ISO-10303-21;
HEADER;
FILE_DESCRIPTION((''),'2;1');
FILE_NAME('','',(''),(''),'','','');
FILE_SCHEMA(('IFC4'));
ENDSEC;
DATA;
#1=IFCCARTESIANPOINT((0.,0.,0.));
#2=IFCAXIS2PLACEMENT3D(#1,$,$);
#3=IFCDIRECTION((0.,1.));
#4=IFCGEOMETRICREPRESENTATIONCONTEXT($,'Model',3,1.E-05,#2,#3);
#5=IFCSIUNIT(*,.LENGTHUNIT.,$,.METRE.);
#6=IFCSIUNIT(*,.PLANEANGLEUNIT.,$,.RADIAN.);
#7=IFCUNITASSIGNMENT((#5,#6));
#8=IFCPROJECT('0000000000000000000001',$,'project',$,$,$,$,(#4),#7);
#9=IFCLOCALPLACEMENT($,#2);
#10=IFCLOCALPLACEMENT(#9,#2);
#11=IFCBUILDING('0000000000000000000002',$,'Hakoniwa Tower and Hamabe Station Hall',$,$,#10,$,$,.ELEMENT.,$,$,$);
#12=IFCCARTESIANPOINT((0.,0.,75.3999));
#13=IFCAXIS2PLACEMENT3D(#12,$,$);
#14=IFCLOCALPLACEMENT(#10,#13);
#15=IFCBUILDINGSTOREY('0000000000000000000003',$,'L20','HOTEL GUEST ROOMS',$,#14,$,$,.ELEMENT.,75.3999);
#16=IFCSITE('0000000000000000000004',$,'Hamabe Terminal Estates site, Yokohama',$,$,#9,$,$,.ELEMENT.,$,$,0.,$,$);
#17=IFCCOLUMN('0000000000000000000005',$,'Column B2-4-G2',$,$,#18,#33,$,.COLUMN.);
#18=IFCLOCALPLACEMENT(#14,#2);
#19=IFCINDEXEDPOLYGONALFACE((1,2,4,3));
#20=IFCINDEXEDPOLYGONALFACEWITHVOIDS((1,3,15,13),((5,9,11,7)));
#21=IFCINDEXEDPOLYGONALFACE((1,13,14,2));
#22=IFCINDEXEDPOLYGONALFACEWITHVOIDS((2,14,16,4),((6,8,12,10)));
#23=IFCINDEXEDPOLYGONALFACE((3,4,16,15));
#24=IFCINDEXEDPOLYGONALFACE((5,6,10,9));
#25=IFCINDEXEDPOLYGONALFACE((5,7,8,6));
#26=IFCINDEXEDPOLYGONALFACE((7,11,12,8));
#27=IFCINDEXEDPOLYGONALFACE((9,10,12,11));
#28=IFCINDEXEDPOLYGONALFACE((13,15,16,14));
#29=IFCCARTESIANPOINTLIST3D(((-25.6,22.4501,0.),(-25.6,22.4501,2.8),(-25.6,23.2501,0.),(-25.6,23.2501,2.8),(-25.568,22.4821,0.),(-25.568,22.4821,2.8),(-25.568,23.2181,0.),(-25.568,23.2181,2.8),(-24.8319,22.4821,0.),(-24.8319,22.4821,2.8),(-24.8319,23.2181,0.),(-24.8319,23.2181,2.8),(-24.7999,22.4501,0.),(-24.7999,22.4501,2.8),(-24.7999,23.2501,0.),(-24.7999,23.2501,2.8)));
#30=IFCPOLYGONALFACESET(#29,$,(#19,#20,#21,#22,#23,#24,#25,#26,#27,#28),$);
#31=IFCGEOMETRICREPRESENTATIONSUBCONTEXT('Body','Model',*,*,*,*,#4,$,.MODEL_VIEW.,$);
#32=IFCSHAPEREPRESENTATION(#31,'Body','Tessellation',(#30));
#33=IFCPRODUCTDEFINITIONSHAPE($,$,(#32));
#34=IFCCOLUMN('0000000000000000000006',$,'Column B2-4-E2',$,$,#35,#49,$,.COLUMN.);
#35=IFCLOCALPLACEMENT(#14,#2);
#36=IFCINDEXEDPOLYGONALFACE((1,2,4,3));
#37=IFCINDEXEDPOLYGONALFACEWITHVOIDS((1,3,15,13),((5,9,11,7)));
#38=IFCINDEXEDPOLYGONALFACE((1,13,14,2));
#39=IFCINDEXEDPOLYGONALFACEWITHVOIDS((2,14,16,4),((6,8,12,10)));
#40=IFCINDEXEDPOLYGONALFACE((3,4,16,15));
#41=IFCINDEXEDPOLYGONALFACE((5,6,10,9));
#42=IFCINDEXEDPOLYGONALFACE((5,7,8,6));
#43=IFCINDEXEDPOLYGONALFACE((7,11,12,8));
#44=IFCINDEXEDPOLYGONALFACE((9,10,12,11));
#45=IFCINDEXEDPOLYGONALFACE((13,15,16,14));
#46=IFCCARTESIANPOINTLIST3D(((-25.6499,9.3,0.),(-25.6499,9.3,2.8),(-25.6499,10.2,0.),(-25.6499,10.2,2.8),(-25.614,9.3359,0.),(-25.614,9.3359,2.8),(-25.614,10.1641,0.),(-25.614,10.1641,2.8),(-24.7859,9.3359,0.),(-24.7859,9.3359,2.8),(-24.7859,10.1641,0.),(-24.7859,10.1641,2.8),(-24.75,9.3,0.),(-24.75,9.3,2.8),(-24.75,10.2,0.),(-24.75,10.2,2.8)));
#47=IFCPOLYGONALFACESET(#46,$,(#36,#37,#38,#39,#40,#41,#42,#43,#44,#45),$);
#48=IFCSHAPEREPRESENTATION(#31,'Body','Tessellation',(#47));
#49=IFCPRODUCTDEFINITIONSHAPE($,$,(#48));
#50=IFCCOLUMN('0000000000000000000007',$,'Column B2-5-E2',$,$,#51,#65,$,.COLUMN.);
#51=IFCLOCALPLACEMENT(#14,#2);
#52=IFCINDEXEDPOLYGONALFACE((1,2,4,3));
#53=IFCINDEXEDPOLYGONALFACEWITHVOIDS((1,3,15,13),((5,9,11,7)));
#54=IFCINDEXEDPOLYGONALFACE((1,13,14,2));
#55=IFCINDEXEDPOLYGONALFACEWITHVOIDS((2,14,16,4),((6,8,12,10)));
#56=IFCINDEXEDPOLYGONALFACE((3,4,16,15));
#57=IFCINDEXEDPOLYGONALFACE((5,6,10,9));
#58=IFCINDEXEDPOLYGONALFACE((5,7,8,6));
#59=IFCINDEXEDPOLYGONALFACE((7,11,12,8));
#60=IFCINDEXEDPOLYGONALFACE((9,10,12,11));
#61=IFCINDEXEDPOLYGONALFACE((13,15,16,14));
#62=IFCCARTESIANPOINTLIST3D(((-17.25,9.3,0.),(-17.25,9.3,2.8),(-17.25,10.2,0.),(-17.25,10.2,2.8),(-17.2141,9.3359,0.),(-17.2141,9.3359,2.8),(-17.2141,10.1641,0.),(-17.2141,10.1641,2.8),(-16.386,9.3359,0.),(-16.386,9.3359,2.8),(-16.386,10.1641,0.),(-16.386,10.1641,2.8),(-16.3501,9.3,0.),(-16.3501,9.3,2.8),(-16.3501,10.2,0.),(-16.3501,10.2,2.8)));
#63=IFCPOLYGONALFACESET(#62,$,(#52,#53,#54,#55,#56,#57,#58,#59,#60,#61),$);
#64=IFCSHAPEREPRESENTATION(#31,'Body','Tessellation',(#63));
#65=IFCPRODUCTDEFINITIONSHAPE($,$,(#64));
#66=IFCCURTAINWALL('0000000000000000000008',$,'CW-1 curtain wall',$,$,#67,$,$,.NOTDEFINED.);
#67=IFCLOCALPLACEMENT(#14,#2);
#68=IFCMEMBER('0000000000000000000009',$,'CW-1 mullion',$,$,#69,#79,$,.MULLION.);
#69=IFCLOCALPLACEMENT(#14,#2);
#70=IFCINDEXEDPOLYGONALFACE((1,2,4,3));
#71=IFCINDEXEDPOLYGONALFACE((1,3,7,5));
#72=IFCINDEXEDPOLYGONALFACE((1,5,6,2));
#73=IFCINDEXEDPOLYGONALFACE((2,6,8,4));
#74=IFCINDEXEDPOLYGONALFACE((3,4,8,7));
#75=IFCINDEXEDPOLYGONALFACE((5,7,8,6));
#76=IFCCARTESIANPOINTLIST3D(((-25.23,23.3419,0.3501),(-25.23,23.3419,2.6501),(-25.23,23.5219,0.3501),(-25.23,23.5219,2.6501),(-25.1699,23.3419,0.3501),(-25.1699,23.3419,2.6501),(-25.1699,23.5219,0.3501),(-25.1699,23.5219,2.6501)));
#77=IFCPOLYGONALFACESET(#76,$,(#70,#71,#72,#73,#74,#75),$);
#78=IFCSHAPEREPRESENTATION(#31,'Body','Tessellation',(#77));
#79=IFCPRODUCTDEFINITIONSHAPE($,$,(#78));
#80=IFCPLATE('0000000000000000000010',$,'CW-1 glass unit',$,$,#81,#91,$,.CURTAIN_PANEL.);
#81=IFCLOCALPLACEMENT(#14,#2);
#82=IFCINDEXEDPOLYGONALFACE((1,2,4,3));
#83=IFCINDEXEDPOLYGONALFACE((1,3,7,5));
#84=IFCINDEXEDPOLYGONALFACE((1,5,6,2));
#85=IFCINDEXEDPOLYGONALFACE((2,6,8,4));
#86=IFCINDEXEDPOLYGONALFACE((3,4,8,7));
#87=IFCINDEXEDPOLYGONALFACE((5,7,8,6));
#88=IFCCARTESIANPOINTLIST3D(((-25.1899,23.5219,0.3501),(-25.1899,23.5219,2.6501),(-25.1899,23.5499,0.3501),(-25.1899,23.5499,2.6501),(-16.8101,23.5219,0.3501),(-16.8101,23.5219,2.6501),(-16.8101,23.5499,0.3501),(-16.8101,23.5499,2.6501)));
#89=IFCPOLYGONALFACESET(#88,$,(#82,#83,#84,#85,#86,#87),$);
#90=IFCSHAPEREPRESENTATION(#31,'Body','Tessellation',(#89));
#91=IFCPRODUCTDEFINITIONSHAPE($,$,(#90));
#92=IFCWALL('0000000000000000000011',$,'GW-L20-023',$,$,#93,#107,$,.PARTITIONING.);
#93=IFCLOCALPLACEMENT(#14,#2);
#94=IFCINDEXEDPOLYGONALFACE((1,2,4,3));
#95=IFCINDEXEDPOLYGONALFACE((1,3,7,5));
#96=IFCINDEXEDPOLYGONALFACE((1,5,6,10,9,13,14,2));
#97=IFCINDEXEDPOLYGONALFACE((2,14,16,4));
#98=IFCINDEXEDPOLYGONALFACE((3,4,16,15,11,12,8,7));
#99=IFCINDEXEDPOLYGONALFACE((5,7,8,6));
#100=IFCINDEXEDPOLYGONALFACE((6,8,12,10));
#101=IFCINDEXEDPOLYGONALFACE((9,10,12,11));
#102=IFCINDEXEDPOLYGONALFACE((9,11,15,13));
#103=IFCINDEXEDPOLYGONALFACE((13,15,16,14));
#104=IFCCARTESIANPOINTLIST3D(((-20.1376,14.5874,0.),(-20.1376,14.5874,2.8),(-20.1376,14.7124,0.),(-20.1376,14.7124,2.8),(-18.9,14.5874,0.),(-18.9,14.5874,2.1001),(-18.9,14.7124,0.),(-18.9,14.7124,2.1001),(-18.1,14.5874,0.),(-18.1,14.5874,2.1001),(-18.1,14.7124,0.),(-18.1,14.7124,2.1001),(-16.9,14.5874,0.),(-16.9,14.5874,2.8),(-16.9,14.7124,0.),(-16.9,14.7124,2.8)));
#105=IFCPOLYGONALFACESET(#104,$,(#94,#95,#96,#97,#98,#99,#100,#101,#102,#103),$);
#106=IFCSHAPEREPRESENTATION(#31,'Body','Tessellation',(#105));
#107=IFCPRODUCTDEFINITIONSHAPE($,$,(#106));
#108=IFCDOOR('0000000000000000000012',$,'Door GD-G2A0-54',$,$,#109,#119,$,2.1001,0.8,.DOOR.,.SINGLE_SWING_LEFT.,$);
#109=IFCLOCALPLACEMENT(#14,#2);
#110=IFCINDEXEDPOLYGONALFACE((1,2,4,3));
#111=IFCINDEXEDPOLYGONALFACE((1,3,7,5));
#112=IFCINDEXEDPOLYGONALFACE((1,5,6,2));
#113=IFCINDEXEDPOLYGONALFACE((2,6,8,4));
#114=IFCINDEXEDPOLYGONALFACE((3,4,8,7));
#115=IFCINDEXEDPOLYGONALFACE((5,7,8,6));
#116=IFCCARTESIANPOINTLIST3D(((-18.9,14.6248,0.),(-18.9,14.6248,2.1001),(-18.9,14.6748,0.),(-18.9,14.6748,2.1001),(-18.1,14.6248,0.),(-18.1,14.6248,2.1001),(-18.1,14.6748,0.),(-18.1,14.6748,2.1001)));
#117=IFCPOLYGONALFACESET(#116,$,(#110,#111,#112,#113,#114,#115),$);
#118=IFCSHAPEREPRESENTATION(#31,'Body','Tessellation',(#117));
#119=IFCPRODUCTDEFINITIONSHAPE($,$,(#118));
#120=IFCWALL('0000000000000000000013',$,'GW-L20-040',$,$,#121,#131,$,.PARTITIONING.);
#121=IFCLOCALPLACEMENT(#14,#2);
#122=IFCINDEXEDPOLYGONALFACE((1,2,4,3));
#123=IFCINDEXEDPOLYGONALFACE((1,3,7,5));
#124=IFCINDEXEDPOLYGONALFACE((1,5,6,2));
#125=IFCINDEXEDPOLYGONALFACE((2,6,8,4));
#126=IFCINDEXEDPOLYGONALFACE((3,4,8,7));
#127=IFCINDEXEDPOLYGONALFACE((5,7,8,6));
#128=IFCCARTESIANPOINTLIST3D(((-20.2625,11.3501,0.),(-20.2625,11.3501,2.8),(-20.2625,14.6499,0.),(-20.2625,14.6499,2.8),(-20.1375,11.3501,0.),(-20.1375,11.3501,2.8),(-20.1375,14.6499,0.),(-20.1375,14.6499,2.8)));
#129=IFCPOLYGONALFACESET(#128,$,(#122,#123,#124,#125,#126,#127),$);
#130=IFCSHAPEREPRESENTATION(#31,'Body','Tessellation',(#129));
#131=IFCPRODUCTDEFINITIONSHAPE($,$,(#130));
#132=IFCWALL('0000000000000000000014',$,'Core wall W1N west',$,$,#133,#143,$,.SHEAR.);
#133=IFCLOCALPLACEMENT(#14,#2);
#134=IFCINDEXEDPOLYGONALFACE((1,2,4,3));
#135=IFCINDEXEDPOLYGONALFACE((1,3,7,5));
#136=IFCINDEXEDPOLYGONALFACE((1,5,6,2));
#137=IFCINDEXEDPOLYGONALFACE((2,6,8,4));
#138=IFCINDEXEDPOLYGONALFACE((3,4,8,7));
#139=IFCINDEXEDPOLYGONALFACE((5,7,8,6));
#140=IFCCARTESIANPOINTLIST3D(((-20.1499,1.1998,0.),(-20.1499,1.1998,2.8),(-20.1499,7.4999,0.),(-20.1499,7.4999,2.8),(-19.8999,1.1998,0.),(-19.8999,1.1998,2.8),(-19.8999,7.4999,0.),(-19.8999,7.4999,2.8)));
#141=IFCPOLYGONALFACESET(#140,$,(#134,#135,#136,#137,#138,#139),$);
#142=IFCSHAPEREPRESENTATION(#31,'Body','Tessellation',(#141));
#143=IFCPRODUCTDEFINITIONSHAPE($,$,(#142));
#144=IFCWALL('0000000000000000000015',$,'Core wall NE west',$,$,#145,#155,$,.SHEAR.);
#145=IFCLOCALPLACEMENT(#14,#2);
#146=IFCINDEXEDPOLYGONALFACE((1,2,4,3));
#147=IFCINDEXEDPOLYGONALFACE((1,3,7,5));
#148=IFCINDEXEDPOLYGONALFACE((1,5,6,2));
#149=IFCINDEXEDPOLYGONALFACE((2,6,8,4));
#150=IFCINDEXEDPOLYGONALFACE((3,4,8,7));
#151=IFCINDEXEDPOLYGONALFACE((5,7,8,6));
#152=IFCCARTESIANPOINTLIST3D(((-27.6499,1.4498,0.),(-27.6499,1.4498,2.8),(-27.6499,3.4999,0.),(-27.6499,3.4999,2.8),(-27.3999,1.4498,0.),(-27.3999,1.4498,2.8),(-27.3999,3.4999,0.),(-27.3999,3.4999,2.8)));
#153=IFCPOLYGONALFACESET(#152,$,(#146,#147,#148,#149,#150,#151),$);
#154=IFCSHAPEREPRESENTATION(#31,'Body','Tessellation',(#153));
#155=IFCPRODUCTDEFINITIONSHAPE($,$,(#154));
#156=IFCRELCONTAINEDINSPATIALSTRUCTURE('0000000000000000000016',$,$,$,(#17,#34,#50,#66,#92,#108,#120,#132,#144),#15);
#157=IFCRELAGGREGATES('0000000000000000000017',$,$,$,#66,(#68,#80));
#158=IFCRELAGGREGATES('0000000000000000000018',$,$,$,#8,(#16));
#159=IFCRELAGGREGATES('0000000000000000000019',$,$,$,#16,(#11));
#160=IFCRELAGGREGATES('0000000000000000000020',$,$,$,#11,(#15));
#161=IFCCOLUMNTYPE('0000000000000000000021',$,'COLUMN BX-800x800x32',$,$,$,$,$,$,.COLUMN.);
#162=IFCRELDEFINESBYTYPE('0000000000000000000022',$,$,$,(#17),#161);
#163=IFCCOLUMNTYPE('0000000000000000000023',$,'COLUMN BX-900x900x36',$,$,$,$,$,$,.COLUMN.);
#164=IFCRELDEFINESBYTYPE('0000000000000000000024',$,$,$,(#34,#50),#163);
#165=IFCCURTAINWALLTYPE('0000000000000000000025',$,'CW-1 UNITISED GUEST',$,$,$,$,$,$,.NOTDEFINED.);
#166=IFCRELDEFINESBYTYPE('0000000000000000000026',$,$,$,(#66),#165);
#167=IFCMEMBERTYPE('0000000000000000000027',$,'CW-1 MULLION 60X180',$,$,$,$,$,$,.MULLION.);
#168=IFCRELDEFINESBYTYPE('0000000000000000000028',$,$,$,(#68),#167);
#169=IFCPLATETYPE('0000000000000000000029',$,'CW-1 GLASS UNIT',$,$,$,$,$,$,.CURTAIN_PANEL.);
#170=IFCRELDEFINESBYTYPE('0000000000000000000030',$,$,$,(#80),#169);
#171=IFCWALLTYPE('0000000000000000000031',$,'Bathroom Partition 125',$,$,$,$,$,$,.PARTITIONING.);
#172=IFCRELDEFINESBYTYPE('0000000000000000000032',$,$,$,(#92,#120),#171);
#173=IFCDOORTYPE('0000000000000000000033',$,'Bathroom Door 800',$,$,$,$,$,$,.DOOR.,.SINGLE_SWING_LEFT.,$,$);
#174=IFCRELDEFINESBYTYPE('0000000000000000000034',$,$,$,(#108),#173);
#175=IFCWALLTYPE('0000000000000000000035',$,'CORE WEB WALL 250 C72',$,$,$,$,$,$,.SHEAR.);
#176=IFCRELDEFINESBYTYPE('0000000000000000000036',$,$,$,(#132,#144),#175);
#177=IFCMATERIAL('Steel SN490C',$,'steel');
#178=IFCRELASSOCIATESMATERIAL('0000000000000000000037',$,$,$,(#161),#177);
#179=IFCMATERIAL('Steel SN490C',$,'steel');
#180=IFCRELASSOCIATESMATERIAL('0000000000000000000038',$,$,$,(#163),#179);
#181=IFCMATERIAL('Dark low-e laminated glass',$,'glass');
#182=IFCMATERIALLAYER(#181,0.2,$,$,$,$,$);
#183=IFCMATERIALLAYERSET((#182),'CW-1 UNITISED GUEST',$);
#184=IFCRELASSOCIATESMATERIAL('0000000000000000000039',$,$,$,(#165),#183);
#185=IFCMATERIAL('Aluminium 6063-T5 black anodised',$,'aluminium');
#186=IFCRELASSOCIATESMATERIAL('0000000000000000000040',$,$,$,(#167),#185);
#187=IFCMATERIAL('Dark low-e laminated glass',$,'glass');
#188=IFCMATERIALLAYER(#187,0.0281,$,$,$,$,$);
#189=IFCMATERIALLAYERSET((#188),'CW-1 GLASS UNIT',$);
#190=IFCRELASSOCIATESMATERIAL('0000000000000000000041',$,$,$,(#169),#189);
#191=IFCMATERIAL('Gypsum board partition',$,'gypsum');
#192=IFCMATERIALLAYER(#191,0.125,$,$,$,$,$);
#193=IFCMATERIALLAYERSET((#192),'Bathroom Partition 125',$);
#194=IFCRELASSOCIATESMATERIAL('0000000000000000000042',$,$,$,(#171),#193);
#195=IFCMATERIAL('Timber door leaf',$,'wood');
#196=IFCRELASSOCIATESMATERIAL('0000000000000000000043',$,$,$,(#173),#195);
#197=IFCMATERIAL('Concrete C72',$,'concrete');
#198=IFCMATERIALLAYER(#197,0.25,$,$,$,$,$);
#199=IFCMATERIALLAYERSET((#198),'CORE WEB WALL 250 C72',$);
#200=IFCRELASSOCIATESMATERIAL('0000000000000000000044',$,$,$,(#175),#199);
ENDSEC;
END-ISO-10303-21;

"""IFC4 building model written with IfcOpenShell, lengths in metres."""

from ifc_helpers import new_model, si_unit, direction, frame, frame_2d, origin, origin_2d, place, context, subcontext, project, spatial, rectangle, hollow_rectangle, extrude, material, layer, layer_set, material_profile, profile_set, type_object, element, fill, aggregate, save


model = new_model("IFC4")

# Units and contexts
model_context = context("Model", 3, precision=1e-05, world=origin(), true_north=direction((0.0, 1.0)))
body_context = subcontext(model_context, "Body", "Model", "MODEL_VIEW")
ifc_project = project(units=[si_unit("LENGTHUNIT", "METRE"), si_unit("PLANEANGLEUNIT", "RADIAN")], contexts=[model_context])

# Site, building, storey
site_placement = place(None, origin())
site = spatial("IfcSite", under=ifc_project, at=site_placement, Name="Hamabe Terminal Estates site, Yokohama", CompositionType="ELEMENT", RefElevation=0.0)
building_placement = place(site_placement, origin())
building = spatial("IfcBuilding", under=site, at=building_placement, Name="Hakoniwa Tower and Hamabe Station Hall", CompositionType="ELEMENT")
storey_placement = place(building_placement, frame((0.0, 0.0, 75.3999)))
storey = spatial("IfcBuildingStorey", under=building, at=storey_placement, Name="L20", Description="HOTEL GUEST ROOMS", CompositionType="ELEMENT", Elevation=75.3999)

# Columns
ifc_material_1 = material(Name="Steel SN490C", Category="steel")
ifc_material_profile_1 = material_profile(ifc_material_1, hollow_rectangle(XDim=0.8, YDim=0.8, WallThickness=0.032, at=origin_2d()), Name="BX-800x800x32")
ifc_profile_set_1 = profile_set([ifc_material_profile_1], Name="Steel SN490C")
column_type_1 = type_object("IfcColumnType", Name="COLUMN BX-800x800x32", PredefinedType="COLUMN", material=ifc_profile_set_1)
column_placement = place(storey_placement, frame((-25.2, 22.8501, 0.0), z_axis=(0.0, 0.0, 1.0), x_axis=(1.0, 0.0, 0.0)))
element("IfcColumn", 1, at=column_placement, inside=storey, type_object=column_type_1, Name="Column B2-4-G2", PredefinedType="COLUMN", context=body_context, shape_type="SweptSolid", body=[
    extrude(hollow_rectangle(XDim=0.8, YDim=0.8, WallThickness=0.032, at=origin_2d()), origin(), (0.0, 0.0, 1.0), 2.8),
])
ifc_material_2 = material(Name="Steel SN490C", Category="steel")
ifc_material_profile_2 = material_profile(ifc_material_2, hollow_rectangle(XDim=0.8999, YDim=0.8999, WallThickness=0.0359, at=origin_2d()), Name="BX-900x900x36")
ifc_profile_set_2 = profile_set([ifc_material_profile_2], Name="Steel SN490C")
column_type_2 = type_object("IfcColumnType", Name="COLUMN BX-900x900x36", PredefinedType="COLUMN", material=ifc_profile_set_2)
for number, where, z_axis, x_axis, name in (
    (2, (-25.2, 9.75, 0.0), (0.0, 0.0, 1.0), (1.0, 0.0, 0.0), "Column B2-4-E2"),
    (3, (-16.8, 9.75, 0.0), (0.0, 0.0, 1.0), (1.0, 0.0, 0.0), "Column B2-5-E2"),
):
    element("IfcColumn", number, at=place(storey_placement, frame(where, z_axis=z_axis, x_axis=x_axis)), inside=storey, type_object=column_type_2, Name=name, PredefinedType="COLUMN", context=body_context, shape_type="SweptSolid", body=[
        extrude(hollow_rectangle(XDim=0.8999, YDim=0.8999, WallThickness=0.0359, at=origin_2d()), origin(), (0.0, 0.0, 1.0), 2.8),
    ])

# Curtain wall, member, plate
ifc_material_3 = material(Name="Dark low-e laminated glass", Category="glass")
ifc_layer_1 = layer(ifc_material_3, 0.2)
ifc_layer_set_1 = layer_set([ifc_layer_1], Name="CW-1 UNITISED GUEST")
curtain_wall_type = type_object("IfcCurtainWallType", Name="CW-1 UNITISED GUEST", PredefinedType="NOTDEFINED", material=ifc_layer_set_1)
curtain_wall_placement = place(storey_placement, origin())
curtain_wall = element("IfcCurtainWall", 4, at=curtain_wall_placement, inside=storey, type_object=curtain_wall_type, Name="CW-1 curtain wall", PredefinedType="NOTDEFINED")
ifc_material_4 = material(Name="Aluminium 6063-T5 black anodised", Category="aluminium")
ifc_material_profile_3 = material_profile(ifc_material_4, rectangle(XDim=0.0601, YDim=0.1799, at=origin_2d()), Name="CW-1 MULLION 60X180")
ifc_profile_set_3 = profile_set([ifc_material_profile_3], Name="Aluminium 6063-T5 black anodised")
member_type = type_object("IfcMemberType", Name="CW-1 MULLION 60X180", PredefinedType="MULLION", material=ifc_profile_set_3)
member_placement = place(storey_placement, frame((-25.2, 23.4319, 0.3501), z_axis=(0.0, 0.0, 1.0), x_axis=(-1.0, 0.0, 0.0)))
member = element("IfcMember", 5, at=member_placement, type_object=member_type, Name="CW-1 mullion", PredefinedType="MULLION", context=body_context, shape_type="SweptSolid", body=[
    extrude(rectangle(XDim=0.0601, YDim=0.1799, at=origin_2d()), origin(), (0.0, 0.0, 1.0), 2.3),
])
ifc_material_5 = material(Name="Dark low-e laminated glass", Category="glass")
ifc_layer_2 = layer(ifc_material_5, 0.0281)
ifc_layer_set_2 = layer_set([ifc_layer_2], Name="CW-1 GLASS UNIT")
plate_type = type_object("IfcPlateType", Name="CW-1 GLASS UNIT", PredefinedType="CURTAIN_PANEL", material=ifc_layer_set_2)
plate_placement = place(storey_placement, frame((-21.0, 23.5359, 0.3501), z_axis=(0.0, 0.0, 1.0), x_axis=(-1.0, 0.0, 0.0)))
plate = element("IfcPlate", 6, at=plate_placement, type_object=plate_type, Name="CW-1 glass unit", PredefinedType="CURTAIN_PANEL", context=body_context, shape_type="SweptSolid", body=[
    extrude(rectangle(XDim=8.3799, YDim=0.0281, at=origin_2d()), origin(), (0.0, 0.0, 1.0), 2.3),
])
aggregate(curtain_wall, [member, plate])

# Wall, opening, door
ifc_material_6 = material(Name="Gypsum board partition", Category="gypsum")
ifc_layer_3 = layer(ifc_material_6, 0.125)
ifc_layer_set_3 = layer_set([ifc_layer_3], Name="Bathroom Partition 125")
wall_type_1 = type_object("IfcWallType", Name="Bathroom Partition 125", PredefinedType="PARTITIONING", material=ifc_layer_set_3)
wall_1_placement = place(storey_placement, frame((-20.1375, 14.6499, 0.0), z_axis=(0.0, 0.0, 1.0), x_axis=(1.0, 0.0, 0.0)))
wall_1 = element("IfcWall", 7, at=wall_1_placement, inside=storey, type_object=wall_type_1, Name="GW-L20-023", PredefinedType="PARTITIONING", context=body_context, shape_type="SweptSolid", body=[
    extrude(rectangle(XDim=3.2375, YDim=0.125, at=frame_2d((1.6187, 0.0))), origin(), (0.0, 0.0, 1.0), 2.8),
])
opening_1_placement = place(wall_1_placement, frame((1.2375, 0.0, 0.0)))
opening_1 = element("IfcOpeningElement", 8, at=opening_1_placement, cuts=wall_1, PredefinedType="OPENING", context=body_context, shape_type="SweptSolid", body=[
    extrude(rectangle(XDim=0.8, YDim=2.1001, at=frame_2d((0.3999, 1.05))), frame((0.0, 0.0725, 0.0), z_axis=(0.0, -1.0, 0.0), x_axis=(1.0, 0.0, 0.0)), (0.0, 0.0, 1.0), 0.145),
])
ifc_material_7 = material(Name="Timber door leaf", Category="wood")
door_type_1 = type_object("IfcDoorType", Name="Bathroom Door 800", OperationType="SINGLE_SWING_LEFT", PredefinedType="DOOR", material=ifc_material_7)
door_1_placement = place(opening_1_placement, origin())
door_1 = element("IfcDoor", 9, at=door_1_placement, inside=storey, type_object=door_type_1, Name="Door GD-G2A0-54", OperationType="SINGLE_SWING_LEFT", OverallHeight=2.1001, OverallWidth=0.8, PredefinedType="DOOR", context=body_context, shape_type="SweptSolid", body=[
    extrude(rectangle(XDim=0.8, YDim=2.1001, at=frame_2d((0.3999, 1.05))), frame((0.0, 0.0249, 0.0), z_axis=(0.0, -1.0, 0.0), x_axis=(1.0, 0.0, 0.0)), (0.0, 0.0, 1.0), 0.05),
])
fill(opening_1, door_1)

# Walls
wall_2_placement = place(storey_placement, frame((-20.2, 11.3501, 0.0), z_axis=(0.0, 0.0, 1.0), x_axis=(0.0, 1.0, 0.0)))
element("IfcWall", 10, at=wall_2_placement, inside=storey, type_object=wall_type_1, Name="GW-L20-040", PredefinedType="PARTITIONING", context=body_context, shape_type="SweptSolid", body=[
    extrude(rectangle(XDim=3.2998, YDim=0.125, at=frame_2d((1.6499, 0.0))), origin(), (0.0, 0.0, 1.0), 2.8),
])
ifc_material_8 = material(Name="Concrete C72", Category="concrete")
ifc_layer_4 = layer(ifc_material_8, 0.25)
ifc_layer_set_4 = layer_set([ifc_layer_4], Name="CORE WEB WALL 250 C72")
wall_type_2 = type_object("IfcWallType", Name="CORE WEB WALL 250 C72", PredefinedType="SHEAR", material=ifc_layer_set_4)
wall_3_placement = place(storey_placement, frame((-20.0249, 1.2, 0.0), z_axis=(0.0, 0.0, 1.0), x_axis=(0.0, 1.0, 0.0)))
element("IfcWall", 11, at=wall_3_placement, inside=storey, type_object=wall_type_2, Name="Core wall W1N west", PredefinedType="SHEAR", context=body_context, shape_type="SweptSolid", body=[
    extrude(rectangle(XDim=6.3, YDim=0.25, at=frame_2d((3.1499, 0.0))), origin(), (0.0, 0.0, 1.0), 2.8),
])
wall_4_placement = place(storey_placement, frame((-27.5249, 1.45, 0.0), z_axis=(0.0, 0.0, 1.0), x_axis=(0.0, 1.0, 0.0)))
element("IfcWall", 12, at=wall_4_placement, inside=storey, type_object=wall_type_2, Name="Core wall NE west", PredefinedType="SHEAR", context=body_context, shape_type="SweptSolid", body=[
    extrude(rectangle(XDim=2.05, YDim=0.25, at=frame_2d((1.0249, 0.0))), origin(), (0.0, 0.0, 1.0), 2.8),
])

save(model, "model.ifc")
